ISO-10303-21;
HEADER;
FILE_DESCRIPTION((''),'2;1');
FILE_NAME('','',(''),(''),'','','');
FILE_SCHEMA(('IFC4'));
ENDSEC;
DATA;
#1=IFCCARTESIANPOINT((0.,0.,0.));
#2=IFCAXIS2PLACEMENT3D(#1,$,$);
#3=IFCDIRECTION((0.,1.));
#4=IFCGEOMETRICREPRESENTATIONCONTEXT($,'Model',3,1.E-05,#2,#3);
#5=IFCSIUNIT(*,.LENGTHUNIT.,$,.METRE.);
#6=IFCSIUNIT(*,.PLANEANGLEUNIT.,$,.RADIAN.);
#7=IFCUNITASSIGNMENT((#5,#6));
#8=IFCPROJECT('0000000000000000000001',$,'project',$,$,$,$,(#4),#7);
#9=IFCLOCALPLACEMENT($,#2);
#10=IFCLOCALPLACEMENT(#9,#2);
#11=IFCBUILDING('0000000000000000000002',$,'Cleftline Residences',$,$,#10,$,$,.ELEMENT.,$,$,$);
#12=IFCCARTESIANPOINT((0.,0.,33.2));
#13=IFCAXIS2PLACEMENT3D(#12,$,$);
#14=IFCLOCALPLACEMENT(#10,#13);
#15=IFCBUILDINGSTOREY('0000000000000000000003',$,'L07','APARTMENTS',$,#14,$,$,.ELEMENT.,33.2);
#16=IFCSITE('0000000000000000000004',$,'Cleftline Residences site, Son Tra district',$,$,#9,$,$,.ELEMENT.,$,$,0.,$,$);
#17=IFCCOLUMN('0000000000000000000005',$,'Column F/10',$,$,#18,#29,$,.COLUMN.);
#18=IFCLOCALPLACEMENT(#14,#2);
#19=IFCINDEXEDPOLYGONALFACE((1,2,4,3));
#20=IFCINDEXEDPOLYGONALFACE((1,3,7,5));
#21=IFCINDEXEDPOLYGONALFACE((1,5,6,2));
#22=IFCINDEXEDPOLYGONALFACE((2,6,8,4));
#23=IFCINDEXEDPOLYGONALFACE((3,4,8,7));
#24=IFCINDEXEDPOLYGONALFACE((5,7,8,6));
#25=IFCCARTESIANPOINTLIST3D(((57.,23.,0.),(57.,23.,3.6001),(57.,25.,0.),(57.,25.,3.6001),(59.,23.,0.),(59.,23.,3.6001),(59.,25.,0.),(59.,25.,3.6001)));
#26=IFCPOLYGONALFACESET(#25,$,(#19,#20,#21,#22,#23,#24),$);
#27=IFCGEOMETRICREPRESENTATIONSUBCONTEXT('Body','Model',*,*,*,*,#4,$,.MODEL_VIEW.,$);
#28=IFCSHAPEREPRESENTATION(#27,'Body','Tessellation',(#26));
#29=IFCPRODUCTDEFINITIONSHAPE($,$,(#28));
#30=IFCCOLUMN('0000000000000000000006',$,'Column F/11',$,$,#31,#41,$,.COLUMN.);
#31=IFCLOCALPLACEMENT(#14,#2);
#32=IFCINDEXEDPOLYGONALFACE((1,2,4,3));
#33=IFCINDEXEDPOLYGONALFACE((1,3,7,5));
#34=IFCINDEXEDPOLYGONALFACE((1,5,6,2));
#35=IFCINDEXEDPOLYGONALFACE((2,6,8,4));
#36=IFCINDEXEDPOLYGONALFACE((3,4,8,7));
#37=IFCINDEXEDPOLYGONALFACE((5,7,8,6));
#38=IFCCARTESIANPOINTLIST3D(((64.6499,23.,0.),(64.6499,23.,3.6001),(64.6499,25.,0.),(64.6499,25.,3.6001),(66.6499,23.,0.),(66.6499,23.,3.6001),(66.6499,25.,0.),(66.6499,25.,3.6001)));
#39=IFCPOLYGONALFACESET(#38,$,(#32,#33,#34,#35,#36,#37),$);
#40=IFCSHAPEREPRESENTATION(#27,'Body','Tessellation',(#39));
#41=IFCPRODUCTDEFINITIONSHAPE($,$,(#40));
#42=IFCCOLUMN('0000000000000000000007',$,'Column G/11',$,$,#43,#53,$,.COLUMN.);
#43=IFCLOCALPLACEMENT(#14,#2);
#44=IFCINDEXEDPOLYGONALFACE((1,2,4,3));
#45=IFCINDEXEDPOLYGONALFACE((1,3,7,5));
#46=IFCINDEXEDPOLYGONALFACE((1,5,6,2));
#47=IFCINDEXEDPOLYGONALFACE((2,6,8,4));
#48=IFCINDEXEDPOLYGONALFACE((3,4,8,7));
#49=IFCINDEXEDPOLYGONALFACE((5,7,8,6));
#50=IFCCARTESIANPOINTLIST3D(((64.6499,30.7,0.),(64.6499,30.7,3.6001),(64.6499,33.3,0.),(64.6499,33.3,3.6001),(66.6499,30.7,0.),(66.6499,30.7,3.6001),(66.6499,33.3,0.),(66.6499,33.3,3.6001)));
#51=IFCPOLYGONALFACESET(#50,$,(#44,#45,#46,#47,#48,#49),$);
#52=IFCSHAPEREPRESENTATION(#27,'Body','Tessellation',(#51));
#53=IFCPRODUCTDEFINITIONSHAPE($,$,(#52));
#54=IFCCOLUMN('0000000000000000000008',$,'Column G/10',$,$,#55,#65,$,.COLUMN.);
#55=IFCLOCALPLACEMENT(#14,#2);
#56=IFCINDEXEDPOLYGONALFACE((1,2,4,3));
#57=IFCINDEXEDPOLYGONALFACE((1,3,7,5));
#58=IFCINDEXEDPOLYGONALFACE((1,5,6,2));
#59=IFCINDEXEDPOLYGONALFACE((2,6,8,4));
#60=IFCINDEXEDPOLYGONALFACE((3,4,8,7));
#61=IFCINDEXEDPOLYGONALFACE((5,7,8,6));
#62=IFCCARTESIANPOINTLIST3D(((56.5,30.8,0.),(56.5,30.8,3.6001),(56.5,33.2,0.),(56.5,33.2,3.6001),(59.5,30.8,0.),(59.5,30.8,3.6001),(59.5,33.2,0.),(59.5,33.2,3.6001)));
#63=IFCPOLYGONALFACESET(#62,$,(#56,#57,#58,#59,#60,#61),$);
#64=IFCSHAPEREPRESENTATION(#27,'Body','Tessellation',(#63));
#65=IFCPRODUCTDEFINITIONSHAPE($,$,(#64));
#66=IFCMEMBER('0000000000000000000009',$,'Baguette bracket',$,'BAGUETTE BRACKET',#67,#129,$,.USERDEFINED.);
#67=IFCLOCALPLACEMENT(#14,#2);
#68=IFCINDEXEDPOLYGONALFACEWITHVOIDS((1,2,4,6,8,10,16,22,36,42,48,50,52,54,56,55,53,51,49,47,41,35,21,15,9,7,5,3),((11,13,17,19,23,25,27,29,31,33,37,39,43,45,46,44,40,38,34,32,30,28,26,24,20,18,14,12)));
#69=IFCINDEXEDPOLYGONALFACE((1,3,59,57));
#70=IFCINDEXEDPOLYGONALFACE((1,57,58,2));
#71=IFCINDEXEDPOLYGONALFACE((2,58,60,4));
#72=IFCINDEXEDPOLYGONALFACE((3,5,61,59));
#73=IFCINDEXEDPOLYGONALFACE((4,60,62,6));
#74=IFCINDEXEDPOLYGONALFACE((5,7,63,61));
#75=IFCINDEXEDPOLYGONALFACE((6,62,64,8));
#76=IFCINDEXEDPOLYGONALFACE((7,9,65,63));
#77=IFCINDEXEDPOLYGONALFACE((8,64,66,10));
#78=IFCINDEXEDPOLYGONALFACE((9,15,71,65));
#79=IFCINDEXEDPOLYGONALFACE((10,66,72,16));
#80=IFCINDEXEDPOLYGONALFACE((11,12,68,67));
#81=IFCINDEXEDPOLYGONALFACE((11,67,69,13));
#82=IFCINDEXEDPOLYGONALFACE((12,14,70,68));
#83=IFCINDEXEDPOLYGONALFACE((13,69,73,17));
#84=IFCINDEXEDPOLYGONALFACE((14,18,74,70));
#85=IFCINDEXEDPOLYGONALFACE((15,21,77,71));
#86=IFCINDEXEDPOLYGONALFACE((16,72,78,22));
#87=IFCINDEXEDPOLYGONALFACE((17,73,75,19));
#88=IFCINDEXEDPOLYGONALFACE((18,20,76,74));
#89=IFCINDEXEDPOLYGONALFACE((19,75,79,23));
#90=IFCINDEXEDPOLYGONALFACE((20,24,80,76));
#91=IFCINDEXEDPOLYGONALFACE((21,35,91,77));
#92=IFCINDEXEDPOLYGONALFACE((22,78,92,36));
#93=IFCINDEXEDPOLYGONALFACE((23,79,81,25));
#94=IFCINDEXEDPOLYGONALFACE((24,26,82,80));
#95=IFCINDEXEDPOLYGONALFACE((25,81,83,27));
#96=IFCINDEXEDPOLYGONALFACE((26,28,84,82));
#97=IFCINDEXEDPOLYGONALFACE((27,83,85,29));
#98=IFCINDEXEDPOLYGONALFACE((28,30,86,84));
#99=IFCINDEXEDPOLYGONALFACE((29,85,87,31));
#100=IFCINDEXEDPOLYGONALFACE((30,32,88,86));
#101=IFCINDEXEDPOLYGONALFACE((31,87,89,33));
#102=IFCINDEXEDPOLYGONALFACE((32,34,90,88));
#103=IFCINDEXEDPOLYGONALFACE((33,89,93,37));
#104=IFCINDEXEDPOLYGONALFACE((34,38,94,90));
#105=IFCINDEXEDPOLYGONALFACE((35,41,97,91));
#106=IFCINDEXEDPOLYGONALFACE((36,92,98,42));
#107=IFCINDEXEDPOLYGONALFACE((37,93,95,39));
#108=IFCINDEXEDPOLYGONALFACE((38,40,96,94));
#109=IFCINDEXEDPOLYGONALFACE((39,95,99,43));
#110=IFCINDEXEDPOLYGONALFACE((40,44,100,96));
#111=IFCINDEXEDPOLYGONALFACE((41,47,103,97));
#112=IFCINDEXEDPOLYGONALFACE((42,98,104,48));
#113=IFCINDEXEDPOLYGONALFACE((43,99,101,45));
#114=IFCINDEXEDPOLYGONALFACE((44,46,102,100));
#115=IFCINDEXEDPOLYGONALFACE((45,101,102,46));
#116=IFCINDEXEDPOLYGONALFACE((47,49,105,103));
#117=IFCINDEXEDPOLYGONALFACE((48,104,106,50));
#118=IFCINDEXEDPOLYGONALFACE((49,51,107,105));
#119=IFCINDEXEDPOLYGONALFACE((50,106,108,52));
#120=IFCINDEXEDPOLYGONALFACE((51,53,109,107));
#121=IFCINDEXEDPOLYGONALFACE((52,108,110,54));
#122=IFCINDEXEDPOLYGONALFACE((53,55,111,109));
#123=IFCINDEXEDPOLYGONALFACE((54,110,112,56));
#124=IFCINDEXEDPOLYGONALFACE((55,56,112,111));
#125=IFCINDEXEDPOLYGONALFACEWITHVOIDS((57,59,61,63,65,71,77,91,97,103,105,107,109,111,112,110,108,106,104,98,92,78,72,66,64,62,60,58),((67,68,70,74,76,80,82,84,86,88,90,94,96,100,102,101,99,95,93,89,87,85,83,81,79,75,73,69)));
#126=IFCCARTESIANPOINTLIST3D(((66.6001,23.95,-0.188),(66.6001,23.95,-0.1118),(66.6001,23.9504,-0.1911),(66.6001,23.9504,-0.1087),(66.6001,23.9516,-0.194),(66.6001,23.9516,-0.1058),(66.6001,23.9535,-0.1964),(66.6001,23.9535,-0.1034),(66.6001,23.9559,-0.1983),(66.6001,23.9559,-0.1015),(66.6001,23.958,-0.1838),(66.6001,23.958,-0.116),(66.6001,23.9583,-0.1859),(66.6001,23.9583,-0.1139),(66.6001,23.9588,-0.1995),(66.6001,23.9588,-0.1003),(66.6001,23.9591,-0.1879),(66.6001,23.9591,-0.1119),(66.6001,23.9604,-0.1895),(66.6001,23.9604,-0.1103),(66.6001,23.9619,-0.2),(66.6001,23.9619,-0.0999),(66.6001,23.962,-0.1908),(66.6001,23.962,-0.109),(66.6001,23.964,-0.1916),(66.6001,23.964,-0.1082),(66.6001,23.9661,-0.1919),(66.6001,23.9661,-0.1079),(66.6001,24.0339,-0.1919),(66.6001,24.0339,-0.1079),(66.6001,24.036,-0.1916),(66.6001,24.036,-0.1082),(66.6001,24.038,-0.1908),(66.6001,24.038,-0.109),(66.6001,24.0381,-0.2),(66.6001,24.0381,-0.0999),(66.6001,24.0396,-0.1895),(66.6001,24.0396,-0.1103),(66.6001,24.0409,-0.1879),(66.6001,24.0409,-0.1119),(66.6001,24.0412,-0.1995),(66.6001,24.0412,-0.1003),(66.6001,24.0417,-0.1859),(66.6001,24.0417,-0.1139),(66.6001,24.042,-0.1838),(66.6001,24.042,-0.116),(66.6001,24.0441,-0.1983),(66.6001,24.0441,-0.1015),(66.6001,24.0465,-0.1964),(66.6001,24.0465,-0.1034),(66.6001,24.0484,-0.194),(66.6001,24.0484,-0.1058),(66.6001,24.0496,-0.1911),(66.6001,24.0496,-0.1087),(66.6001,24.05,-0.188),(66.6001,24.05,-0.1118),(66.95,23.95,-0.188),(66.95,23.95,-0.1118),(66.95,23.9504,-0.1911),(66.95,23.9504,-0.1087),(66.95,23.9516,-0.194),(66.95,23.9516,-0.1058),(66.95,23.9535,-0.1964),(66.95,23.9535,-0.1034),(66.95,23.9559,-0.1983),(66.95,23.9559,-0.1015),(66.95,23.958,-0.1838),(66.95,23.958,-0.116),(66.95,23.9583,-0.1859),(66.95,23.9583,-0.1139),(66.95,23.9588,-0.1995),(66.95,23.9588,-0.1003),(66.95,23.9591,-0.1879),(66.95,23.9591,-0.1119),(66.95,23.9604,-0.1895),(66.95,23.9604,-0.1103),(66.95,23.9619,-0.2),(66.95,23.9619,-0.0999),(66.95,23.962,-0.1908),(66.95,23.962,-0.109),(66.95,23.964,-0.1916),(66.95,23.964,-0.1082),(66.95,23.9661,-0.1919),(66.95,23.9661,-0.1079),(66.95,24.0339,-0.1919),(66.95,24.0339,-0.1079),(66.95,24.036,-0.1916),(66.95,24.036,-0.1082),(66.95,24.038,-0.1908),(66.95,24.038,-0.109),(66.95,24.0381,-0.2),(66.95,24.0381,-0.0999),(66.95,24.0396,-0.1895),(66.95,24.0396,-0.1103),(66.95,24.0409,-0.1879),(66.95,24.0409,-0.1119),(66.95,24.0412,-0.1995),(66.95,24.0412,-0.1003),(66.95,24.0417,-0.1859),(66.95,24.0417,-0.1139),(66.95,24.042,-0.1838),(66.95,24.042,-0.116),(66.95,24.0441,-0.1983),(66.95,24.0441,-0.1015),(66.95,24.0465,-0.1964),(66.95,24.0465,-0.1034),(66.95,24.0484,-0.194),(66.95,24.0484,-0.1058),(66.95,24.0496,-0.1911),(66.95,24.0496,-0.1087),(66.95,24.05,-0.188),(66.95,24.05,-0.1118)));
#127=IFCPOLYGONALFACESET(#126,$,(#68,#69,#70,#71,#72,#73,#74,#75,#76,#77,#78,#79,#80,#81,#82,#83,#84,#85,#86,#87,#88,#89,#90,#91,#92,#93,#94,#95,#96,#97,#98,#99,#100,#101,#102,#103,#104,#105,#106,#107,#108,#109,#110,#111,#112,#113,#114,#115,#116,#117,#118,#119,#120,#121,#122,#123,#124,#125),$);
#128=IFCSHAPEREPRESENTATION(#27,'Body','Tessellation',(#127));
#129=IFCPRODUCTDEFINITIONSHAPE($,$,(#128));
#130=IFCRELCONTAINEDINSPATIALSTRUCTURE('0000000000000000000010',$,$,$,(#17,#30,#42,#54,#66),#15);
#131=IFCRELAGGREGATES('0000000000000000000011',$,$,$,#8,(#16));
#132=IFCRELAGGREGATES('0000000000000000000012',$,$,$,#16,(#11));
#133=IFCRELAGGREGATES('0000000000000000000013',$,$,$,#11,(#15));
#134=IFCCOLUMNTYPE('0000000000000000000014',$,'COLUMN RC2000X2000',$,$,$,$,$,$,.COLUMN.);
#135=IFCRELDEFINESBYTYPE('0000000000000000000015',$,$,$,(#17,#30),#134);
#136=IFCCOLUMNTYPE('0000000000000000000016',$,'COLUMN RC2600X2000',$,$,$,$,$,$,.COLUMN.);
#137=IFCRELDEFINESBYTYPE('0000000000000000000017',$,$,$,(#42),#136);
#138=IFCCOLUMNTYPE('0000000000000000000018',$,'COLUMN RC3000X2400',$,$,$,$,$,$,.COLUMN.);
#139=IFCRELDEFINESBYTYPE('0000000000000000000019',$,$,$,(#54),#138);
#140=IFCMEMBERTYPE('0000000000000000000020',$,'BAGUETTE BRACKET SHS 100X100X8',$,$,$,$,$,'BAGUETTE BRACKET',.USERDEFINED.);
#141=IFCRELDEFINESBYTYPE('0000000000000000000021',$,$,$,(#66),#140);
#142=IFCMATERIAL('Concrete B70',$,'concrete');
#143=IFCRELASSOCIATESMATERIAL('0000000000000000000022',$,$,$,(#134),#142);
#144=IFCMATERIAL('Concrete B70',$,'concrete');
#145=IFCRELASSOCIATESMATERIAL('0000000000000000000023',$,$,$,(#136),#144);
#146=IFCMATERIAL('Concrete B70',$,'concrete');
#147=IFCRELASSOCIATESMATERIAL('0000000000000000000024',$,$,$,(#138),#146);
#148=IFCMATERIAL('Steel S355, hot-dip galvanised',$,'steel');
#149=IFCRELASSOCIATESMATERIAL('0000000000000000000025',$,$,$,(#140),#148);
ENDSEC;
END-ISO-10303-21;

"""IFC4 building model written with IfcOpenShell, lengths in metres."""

from ifc_helpers import new_model, si_unit, direction, frame, origin, origin_2d, place, context, subcontext, project, spatial, rectangle, hollow_rectangle, extrude, material, material_profile, profile_set, type_object, element, save


model = new_model("IFC4")

# Units and contexts
model_context = context("Model", 3, precision=1e-05, world=origin(), true_north=direction((0.0, 1.0)))
body_context = subcontext(model_context, "Body", "Model", "MODEL_VIEW")
ifc_project = project(units=[si_unit("LENGTHUNIT", "METRE"), si_unit("PLANEANGLEUNIT", "RADIAN")], contexts=[model_context])

# Site, building, storey
site_placement = place(None, origin())
site = spatial("IfcSite", under=ifc_project, at=site_placement, Name="Cleftline Residences site, Son Tra district", CompositionType="ELEMENT", RefElevation=0.0)
building_placement = place(site_placement, origin())
building = spatial("IfcBuilding", under=site, at=building_placement, Name="Cleftline Residences", CompositionType="ELEMENT")
storey_placement = place(building_placement, frame((0.0, 0.0, 33.2)))
storey = spatial("IfcBuildingStorey", under=building, at=storey_placement, Name="L07", Description="APARTMENTS", CompositionType="ELEMENT", Elevation=33.2)

# Columns
ifc_material_1 = material(Name="Concrete B70", Category="concrete")
ifc_material_profile_1 = material_profile(ifc_material_1, rectangle(XDim=2.0, YDim=2.0, at=origin_2d()))
ifc_profile_set_1 = profile_set([ifc_material_profile_1], Name="Concrete B70")
column_type_1 = type_object("IfcColumnType", Name="COLUMN RC2000X2000", PredefinedType="COLUMN", material=ifc_profile_set_1)
for number, where, z_axis, x_axis, name in (
    (1, (58.0, 24.0, 0.0), (0.0, 0.0, 1.0), (1.0, 0.0, 0.0), "Column F/10"),
    (2, (65.6499, 24.0, 0.0), (0.0, 0.0, 1.0), (1.0, 0.0, 0.0), "Column F/11"),
):
    element("IfcColumn", number, at=place(storey_placement, frame(where, z_axis=z_axis, x_axis=x_axis)), inside=storey, type_object=column_type_1, Name=name, PredefinedType="COLUMN", context=body_context, shape_type="SweptSolid", body=[
        extrude(rectangle(XDim=2.0, YDim=2.0, at=origin_2d()), origin(), (0.0, 0.0, 1.0), 3.6001),
    ])
ifc_material_2 = material(Name="Concrete B70", Category="concrete")
ifc_material_profile_2 = material_profile(ifc_material_2, rectangle(XDim=2.6001, YDim=2.0, at=origin_2d()))
ifc_profile_set_2 = profile_set([ifc_material_profile_2], Name="Concrete B70")
column_type_2 = type_object("IfcColumnType", Name="COLUMN RC2600X2000", PredefinedType="COLUMN", material=ifc_profile_set_2)
column_1_placement = place(storey_placement, frame((65.6499, 32.0, 0.0), z_axis=(0.0, 0.0, 1.0), x_axis=(0.0, 1.0, 0.0)))
element("IfcColumn", 3, at=column_1_placement, inside=storey, type_object=column_type_2, Name="Column G/11", PredefinedType="COLUMN", context=body_context, shape_type="SweptSolid", body=[
    extrude(rectangle(XDim=2.6001, YDim=2.0, at=origin_2d()), origin(), (0.0, 0.0, 1.0), 3.6001),
])
ifc_material_3 = material(Name="Concrete B70", Category="concrete")
ifc_material_profile_3 = material_profile(ifc_material_3, rectangle(XDim=3.0, YDim=2.3999, at=origin_2d()))
ifc_profile_set_3 = profile_set([ifc_material_profile_3], Name="Concrete B70")
column_type_3 = type_object("IfcColumnType", Name="COLUMN RC3000X2400", PredefinedType="COLUMN", material=ifc_profile_set_3)
column_2_placement = place(storey_placement, frame((58.0, 32.0, 0.0), z_axis=(0.0, 0.0, 1.0), x_axis=(1.0, 0.0, 0.0)))
element("IfcColumn", 4, at=column_2_placement, inside=storey, type_object=column_type_3, Name="Column G/10", PredefinedType="COLUMN", context=body_context, shape_type="SweptSolid", body=[
    extrude(rectangle(XDim=3.0, YDim=2.3999, at=origin_2d()), origin(), (0.0, 0.0, 1.0), 3.6001),
])

# Member
ifc_material_4 = material(Name="Steel S355, hot-dip galvanised", Category="steel")
ifc_material_profile_4 = material_profile(ifc_material_4, hollow_rectangle(XDim=0.1001, YDim=0.1001, WallThickness=0.0081, InnerFilletRadius=0.0081, OuterFilletRadius=0.012, at=origin_2d()))
ifc_profile_set_4 = profile_set([ifc_material_profile_4], Name="Steel S355, hot-dip galvanised")
member_type_1 = type_object("IfcMemberType", Name="BAGUETTE BRACKET SHS 100X100X8", ElementType="BAGUETTE BRACKET", PredefinedType="USERDEFINED", material=ifc_profile_set_4)
member_1_placement = place(storey_placement, frame((66.6001, 24.0, -0.1499), z_axis=(1.0, 0.0, 0.0), x_axis=(0.0, 1.0, 0.0)))
element("IfcMember", 5, at=member_1_placement, inside=storey, type_object=member_type_1, Name="Baguette bracket", ObjectType="BAGUETTE BRACKET", PredefinedType="USERDEFINED", context=body_context, shape_type="SweptSolid", body=[
    extrude(hollow_rectangle(XDim=0.1001, YDim=0.1001, WallThickness=0.0081, InnerFilletRadius=0.0081, OuterFilletRadius=0.012, at=origin_2d()), origin(), (0.0, 0.0, 1.0), 0.3499),
])

save(model, "model.ifc")
